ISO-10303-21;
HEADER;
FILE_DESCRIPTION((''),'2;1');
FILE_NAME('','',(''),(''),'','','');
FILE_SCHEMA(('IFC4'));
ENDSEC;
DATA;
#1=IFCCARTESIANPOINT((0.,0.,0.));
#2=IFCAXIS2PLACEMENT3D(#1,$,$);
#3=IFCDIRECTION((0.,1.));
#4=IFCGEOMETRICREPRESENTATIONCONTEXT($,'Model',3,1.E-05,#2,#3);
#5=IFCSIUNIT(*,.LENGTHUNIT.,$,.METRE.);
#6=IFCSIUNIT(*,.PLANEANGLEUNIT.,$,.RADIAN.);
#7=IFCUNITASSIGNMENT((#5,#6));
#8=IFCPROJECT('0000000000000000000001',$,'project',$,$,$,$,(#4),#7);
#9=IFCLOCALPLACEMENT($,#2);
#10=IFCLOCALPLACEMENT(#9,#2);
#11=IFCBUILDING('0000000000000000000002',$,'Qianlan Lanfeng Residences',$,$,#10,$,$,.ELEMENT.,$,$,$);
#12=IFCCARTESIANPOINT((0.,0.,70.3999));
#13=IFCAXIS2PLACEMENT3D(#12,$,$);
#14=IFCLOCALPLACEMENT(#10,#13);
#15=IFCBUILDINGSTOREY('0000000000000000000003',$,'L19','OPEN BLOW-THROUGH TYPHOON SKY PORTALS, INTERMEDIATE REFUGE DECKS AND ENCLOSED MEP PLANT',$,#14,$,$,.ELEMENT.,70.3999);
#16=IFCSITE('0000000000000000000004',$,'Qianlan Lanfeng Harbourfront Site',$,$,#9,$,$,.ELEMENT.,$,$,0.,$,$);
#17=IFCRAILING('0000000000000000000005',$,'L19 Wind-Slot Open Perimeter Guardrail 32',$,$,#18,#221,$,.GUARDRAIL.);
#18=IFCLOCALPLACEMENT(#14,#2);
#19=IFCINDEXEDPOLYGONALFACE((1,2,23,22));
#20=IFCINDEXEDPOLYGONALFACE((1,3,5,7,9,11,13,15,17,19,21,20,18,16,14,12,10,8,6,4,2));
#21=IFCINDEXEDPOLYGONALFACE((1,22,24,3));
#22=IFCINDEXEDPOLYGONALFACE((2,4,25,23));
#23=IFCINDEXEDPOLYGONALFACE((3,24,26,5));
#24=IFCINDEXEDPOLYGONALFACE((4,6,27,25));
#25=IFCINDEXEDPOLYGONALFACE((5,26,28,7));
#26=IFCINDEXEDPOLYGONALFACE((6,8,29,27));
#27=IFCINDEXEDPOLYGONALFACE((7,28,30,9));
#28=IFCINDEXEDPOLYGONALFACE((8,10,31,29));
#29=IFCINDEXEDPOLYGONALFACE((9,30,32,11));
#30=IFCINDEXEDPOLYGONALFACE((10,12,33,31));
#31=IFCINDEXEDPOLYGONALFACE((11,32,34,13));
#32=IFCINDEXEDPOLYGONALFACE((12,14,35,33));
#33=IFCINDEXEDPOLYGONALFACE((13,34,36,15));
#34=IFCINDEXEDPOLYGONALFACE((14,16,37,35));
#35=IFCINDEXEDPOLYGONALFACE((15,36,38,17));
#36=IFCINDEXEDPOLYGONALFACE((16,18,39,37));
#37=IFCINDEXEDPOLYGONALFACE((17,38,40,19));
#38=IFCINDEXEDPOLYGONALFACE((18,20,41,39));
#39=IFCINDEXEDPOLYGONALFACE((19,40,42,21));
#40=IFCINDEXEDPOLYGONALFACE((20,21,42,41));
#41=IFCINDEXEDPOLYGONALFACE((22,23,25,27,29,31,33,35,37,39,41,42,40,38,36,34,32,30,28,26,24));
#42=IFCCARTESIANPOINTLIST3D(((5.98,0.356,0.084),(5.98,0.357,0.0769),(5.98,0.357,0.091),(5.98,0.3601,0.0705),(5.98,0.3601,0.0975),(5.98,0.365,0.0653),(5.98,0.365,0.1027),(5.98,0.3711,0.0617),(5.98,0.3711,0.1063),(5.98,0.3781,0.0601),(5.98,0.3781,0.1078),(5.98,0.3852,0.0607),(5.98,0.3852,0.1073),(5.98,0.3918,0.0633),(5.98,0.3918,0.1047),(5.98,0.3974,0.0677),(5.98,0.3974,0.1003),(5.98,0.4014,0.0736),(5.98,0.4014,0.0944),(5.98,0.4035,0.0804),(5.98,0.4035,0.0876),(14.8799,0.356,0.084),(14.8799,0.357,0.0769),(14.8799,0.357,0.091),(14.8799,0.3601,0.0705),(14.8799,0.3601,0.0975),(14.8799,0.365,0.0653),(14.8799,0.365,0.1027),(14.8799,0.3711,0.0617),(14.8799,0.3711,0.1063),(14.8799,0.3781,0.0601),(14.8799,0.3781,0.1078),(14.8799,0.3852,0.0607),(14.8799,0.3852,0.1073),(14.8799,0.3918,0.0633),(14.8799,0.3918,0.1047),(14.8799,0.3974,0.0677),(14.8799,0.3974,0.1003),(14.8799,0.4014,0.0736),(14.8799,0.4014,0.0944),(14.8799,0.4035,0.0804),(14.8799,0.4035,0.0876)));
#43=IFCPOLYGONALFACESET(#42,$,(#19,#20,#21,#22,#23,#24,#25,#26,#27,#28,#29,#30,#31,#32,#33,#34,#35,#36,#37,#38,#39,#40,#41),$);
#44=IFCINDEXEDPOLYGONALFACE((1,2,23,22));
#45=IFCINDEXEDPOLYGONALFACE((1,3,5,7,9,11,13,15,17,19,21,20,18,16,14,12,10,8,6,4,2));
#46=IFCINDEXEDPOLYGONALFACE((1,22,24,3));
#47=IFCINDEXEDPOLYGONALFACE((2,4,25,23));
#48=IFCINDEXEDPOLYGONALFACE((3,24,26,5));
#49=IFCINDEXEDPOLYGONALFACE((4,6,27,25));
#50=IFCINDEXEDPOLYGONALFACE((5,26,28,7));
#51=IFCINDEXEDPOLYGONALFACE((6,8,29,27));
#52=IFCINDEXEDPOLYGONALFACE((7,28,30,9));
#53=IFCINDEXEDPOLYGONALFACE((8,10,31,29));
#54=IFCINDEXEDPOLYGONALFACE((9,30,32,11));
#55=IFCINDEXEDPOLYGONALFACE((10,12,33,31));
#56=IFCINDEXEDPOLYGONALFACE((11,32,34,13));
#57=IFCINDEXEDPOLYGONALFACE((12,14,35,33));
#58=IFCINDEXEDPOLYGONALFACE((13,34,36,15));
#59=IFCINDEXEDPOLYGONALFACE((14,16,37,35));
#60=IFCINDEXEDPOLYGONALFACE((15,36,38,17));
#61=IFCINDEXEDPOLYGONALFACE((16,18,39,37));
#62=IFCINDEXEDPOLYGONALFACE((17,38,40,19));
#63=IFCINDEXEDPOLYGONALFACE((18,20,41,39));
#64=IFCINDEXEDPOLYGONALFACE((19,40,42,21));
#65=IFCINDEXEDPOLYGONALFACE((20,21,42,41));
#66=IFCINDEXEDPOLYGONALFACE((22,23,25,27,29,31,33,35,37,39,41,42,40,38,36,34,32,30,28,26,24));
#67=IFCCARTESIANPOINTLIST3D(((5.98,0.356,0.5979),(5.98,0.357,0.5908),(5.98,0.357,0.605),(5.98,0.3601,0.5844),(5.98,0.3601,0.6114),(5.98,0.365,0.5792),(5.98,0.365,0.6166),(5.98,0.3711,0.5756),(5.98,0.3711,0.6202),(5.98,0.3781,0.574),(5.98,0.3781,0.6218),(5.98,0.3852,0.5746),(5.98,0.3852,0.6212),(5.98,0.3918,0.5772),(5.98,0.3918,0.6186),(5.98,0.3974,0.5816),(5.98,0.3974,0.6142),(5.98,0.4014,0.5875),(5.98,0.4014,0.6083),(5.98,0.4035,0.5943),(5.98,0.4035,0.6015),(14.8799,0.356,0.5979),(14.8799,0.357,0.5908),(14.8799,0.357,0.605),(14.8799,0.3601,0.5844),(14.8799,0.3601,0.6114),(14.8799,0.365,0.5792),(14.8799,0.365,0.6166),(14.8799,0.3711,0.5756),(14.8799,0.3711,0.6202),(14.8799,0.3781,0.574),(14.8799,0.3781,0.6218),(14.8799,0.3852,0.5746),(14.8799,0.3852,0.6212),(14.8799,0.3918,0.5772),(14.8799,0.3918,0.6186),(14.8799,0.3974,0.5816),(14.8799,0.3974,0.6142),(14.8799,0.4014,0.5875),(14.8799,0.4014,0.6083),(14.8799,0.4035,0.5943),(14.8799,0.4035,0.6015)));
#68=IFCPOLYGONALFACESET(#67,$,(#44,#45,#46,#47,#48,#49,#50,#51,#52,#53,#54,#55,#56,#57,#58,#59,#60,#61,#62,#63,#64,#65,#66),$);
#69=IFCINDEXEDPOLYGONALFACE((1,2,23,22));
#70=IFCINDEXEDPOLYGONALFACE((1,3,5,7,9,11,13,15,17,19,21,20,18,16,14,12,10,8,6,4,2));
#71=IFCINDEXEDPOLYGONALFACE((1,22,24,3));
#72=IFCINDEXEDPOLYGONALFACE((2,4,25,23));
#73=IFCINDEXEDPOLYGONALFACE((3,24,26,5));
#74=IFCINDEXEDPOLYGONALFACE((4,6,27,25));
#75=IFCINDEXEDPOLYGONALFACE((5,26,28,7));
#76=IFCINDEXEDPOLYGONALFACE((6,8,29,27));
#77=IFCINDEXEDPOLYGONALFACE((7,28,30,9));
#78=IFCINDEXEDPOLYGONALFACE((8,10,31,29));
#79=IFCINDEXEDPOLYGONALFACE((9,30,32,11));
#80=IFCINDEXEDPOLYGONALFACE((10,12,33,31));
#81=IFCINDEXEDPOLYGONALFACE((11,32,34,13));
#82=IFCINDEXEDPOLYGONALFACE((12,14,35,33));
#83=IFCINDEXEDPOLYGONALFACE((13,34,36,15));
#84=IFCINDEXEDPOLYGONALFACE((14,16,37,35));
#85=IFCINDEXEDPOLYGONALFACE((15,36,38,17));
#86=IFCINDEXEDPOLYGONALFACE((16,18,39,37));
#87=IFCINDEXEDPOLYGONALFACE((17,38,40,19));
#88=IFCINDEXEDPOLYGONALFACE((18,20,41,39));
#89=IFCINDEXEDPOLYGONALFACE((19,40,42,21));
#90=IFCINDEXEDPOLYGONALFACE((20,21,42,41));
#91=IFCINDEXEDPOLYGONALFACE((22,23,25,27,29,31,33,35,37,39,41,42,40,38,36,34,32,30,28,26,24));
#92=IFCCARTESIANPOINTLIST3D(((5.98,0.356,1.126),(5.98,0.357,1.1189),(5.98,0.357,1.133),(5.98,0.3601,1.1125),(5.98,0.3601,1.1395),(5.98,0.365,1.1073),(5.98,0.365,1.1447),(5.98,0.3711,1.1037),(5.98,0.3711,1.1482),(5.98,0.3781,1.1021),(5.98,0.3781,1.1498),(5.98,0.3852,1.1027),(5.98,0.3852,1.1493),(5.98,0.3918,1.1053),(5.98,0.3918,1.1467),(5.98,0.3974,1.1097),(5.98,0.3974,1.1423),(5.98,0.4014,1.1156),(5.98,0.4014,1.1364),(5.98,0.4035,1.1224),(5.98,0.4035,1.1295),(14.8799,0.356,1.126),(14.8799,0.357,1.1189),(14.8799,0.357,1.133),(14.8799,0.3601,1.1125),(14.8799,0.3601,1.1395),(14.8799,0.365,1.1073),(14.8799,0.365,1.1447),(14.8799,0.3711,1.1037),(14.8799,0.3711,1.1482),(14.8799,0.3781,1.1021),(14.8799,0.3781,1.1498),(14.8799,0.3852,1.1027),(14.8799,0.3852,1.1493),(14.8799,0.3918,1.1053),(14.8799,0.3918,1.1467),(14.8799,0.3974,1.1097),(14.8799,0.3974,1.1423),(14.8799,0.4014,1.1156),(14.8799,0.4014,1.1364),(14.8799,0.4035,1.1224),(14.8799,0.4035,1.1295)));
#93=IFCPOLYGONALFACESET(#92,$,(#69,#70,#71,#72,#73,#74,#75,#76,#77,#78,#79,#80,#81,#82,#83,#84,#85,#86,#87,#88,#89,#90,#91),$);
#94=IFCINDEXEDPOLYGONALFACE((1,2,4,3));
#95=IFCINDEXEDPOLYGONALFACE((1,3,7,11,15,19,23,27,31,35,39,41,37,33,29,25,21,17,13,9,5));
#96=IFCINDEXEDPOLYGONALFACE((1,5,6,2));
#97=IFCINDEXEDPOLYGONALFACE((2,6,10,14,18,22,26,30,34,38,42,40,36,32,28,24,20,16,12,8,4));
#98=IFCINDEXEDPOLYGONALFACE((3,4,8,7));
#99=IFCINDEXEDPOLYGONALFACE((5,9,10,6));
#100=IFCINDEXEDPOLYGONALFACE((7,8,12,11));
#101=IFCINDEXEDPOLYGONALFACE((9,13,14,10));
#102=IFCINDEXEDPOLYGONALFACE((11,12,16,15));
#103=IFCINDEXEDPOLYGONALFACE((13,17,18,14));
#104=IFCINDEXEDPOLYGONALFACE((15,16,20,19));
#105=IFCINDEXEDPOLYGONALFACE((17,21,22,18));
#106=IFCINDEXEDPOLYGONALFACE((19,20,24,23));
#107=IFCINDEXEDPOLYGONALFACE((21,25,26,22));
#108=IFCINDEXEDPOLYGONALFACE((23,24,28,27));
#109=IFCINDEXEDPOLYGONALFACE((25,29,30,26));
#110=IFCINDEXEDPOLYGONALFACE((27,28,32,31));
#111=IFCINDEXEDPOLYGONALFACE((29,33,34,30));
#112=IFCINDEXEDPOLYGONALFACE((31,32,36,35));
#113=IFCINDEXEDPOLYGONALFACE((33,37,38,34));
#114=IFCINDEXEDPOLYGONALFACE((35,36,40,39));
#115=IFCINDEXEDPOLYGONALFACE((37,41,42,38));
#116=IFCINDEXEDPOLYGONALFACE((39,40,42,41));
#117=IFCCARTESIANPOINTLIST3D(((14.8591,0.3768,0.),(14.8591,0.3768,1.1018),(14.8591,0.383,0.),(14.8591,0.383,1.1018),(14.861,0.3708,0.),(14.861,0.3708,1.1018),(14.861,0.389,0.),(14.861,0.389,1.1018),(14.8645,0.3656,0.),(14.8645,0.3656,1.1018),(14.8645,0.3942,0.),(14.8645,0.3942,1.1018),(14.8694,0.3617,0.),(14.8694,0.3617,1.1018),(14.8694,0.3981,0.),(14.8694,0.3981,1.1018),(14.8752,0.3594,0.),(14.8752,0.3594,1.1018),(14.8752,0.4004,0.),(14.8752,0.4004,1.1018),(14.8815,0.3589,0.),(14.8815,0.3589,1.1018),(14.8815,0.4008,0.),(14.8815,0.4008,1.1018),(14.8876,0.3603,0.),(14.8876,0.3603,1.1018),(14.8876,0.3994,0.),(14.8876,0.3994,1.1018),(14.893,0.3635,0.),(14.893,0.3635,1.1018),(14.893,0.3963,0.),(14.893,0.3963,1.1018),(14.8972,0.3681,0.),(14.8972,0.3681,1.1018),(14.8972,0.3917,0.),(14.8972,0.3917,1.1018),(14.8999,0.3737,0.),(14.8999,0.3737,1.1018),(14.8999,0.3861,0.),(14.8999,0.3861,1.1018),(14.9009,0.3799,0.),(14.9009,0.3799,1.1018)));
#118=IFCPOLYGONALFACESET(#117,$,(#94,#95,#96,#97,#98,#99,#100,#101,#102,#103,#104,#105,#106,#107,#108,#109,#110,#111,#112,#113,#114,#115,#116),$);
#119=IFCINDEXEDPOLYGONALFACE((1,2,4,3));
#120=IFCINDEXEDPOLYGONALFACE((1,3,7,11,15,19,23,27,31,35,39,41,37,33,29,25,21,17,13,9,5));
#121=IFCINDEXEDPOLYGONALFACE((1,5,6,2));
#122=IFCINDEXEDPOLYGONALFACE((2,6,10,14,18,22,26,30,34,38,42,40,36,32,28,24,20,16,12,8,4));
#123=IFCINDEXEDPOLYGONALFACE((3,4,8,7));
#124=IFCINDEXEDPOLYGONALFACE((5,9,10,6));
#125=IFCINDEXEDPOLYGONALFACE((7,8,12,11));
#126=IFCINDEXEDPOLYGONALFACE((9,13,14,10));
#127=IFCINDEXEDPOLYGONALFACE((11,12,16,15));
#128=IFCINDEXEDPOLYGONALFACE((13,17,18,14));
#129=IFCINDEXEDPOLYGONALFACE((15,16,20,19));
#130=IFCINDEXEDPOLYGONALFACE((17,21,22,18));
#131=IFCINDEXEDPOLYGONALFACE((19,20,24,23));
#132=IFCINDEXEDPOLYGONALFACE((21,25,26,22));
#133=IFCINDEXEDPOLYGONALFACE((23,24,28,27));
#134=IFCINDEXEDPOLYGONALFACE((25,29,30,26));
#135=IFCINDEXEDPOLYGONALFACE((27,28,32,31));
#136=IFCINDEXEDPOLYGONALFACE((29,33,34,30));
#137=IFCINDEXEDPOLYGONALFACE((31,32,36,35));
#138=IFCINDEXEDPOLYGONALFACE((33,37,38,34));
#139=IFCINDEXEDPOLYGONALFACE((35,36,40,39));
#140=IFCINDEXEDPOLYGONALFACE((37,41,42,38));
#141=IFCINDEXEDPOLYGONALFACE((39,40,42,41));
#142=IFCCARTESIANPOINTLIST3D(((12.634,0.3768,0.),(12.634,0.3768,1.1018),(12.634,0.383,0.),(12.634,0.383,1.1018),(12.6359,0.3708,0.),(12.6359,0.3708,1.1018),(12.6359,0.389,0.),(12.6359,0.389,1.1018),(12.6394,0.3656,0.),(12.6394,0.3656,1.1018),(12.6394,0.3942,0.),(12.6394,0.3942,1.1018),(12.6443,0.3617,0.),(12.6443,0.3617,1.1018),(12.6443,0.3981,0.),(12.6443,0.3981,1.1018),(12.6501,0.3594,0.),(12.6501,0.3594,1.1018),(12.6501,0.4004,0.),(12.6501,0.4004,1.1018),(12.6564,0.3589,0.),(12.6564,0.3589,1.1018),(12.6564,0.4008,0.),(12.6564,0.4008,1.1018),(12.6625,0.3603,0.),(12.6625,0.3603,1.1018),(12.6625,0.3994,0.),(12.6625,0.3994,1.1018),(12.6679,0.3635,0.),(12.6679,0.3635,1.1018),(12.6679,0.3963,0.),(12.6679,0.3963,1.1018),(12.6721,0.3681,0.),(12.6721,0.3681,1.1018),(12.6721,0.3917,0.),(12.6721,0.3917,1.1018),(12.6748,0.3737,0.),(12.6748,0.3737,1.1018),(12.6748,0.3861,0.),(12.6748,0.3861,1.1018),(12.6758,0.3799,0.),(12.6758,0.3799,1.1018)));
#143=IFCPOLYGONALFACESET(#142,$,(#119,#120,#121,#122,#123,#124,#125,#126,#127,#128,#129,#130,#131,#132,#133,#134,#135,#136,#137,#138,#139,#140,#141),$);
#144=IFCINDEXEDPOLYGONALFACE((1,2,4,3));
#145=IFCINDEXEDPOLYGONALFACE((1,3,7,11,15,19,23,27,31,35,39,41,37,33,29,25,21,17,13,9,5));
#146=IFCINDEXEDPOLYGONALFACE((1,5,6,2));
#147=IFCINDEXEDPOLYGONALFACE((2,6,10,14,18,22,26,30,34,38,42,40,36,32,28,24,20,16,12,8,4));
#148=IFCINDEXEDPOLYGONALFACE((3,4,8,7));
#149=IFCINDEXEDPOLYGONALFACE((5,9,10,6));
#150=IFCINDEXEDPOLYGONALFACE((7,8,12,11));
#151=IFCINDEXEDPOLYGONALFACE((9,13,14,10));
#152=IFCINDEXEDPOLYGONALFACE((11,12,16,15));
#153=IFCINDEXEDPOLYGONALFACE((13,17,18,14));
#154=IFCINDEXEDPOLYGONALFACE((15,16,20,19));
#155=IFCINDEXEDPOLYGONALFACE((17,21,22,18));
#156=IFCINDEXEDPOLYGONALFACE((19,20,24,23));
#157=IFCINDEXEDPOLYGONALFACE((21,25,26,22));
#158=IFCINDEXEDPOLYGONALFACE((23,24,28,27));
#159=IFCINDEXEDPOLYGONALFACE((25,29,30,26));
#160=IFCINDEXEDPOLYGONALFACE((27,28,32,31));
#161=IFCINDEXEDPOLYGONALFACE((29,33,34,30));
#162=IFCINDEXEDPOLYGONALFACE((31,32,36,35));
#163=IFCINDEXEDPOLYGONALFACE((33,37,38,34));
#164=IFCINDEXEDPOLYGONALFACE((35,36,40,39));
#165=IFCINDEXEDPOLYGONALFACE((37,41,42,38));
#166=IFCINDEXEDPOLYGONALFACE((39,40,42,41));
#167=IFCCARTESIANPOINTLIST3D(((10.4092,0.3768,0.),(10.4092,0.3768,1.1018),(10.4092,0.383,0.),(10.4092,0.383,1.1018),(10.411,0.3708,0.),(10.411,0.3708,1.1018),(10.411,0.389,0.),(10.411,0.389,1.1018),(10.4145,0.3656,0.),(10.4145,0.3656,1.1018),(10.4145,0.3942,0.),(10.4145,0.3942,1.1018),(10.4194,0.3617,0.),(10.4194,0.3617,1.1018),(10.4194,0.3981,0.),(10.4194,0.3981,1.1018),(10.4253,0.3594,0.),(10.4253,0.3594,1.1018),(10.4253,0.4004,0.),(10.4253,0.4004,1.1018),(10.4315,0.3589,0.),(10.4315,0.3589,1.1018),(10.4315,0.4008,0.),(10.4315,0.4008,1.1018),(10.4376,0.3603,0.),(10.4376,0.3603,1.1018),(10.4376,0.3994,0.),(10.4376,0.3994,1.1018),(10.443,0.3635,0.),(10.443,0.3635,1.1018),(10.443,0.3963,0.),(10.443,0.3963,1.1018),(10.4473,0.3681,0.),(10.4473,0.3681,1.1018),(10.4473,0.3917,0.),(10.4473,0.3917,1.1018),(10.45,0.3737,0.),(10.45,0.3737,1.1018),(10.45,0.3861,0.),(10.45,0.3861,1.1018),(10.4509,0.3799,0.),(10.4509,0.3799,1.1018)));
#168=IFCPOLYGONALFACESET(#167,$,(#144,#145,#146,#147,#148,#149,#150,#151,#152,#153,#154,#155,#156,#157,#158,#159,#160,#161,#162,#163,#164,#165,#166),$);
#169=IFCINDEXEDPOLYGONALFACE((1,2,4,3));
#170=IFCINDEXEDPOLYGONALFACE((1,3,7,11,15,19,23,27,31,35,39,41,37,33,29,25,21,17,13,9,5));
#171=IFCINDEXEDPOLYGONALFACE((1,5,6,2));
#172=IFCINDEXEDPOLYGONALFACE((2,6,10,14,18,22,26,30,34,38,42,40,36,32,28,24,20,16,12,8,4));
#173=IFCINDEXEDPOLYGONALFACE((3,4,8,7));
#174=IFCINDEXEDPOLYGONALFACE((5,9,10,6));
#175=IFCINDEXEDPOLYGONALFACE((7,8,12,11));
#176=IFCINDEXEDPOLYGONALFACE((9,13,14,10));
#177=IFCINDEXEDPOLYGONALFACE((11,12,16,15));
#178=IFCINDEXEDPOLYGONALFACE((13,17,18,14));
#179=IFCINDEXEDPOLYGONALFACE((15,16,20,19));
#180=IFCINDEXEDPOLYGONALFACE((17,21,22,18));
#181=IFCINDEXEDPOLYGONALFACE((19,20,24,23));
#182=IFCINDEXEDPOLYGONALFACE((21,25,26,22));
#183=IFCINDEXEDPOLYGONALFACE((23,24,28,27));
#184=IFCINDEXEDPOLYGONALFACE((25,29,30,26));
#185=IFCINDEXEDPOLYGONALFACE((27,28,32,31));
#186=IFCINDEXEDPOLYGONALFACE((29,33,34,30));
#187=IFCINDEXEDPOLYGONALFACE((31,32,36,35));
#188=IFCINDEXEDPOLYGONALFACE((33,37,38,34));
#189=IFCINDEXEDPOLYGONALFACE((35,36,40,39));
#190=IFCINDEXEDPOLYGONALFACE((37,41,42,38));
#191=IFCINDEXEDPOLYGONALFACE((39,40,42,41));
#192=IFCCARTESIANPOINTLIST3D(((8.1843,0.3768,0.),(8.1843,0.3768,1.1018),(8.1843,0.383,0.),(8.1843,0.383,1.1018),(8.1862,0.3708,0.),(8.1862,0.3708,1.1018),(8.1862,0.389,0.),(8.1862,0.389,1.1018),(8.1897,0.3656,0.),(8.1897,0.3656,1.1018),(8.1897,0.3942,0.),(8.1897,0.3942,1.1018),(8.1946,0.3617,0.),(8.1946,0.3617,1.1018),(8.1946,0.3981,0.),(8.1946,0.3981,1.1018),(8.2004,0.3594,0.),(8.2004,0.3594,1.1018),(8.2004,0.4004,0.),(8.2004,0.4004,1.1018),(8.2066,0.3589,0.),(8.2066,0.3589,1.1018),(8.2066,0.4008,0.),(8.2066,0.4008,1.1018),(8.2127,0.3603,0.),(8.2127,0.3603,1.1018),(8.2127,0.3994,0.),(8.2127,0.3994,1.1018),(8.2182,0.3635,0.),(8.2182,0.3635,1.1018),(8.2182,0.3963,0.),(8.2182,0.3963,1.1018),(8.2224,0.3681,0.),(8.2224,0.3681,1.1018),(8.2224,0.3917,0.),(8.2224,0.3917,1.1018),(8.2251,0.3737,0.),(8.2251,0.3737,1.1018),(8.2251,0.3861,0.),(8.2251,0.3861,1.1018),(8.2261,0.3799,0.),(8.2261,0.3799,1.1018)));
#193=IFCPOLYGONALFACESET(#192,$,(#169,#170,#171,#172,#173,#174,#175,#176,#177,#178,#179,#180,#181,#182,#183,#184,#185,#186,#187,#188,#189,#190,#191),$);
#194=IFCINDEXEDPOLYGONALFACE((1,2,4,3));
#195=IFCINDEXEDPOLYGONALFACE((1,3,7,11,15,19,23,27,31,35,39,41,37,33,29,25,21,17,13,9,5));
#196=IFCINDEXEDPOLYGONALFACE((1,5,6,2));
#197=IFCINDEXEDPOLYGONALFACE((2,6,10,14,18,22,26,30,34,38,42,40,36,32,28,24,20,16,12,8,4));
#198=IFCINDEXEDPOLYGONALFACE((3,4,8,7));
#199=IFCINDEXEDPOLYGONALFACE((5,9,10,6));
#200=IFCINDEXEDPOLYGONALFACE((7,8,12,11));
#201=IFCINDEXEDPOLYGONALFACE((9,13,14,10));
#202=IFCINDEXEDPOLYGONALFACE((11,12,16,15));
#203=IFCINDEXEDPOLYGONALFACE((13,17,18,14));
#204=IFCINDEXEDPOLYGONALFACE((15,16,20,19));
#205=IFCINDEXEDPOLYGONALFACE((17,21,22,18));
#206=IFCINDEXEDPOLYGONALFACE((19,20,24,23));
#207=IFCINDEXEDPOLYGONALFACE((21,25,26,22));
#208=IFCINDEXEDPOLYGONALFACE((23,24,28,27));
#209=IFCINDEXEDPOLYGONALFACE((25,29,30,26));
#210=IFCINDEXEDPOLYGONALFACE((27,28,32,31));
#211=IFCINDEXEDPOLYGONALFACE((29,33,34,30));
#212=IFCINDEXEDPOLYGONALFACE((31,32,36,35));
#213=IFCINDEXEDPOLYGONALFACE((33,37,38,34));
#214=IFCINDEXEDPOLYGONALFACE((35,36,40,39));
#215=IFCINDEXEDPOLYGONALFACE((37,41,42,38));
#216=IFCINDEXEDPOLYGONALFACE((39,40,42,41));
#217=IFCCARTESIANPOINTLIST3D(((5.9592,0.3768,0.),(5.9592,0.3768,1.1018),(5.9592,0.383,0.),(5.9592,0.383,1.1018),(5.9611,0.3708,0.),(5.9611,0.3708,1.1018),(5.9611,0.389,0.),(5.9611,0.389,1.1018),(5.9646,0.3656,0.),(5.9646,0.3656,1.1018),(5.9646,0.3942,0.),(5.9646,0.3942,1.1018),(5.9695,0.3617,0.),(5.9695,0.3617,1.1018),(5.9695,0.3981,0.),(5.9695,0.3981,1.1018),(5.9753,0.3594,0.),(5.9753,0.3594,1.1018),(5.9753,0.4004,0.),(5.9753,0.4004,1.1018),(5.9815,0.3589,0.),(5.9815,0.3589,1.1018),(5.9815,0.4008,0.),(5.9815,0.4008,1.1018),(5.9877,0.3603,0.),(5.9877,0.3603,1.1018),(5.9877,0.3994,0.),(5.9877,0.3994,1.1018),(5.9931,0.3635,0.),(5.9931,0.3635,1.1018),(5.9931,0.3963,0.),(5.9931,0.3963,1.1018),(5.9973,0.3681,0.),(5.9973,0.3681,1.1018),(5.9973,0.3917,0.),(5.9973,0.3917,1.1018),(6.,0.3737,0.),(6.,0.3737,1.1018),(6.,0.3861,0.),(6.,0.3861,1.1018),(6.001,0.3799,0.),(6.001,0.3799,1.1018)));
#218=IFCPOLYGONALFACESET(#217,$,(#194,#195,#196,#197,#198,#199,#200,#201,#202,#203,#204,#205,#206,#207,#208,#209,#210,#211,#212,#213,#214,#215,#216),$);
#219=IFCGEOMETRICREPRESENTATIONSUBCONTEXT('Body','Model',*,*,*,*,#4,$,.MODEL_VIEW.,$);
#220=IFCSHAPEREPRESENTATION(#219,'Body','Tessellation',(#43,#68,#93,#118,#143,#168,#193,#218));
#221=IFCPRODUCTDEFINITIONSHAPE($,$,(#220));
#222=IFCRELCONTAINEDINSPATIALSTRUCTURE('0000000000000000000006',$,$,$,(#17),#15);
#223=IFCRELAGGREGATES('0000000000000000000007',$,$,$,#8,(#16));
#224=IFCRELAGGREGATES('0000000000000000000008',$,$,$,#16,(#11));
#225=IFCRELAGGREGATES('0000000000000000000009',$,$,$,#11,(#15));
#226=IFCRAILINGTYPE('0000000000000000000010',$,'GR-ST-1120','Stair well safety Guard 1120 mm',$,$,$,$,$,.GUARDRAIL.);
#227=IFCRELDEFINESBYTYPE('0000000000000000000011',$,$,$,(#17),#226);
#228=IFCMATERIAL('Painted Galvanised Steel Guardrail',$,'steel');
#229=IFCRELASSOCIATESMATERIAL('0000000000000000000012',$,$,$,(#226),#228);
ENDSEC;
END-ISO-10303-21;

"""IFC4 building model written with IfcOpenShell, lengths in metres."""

from ifc_helpers import new_model, si_unit, direction, frame, origin, origin_2d, place, context, subcontext, project, spatial, circle, extrude, material, type_object, element, save


model = new_model("IFC4")

# Units and contexts
model_context = context("Model", 3, precision=1e-05, world=origin(), true_north=direction((0.0, 1.0)))
body_context = subcontext(model_context, "Body", "Model", "MODEL_VIEW")
ifc_project = project(units=[si_unit("LENGTHUNIT", "METRE"), si_unit("PLANEANGLEUNIT", "RADIAN")], contexts=[model_context])

# Site, building, storey
site_placement = place(None, origin())
site = spatial("IfcSite", under=ifc_project, at=site_placement, Name="Qianlan Lanfeng Harbourfront Site", CompositionType="ELEMENT", RefElevation=0.0)
building_placement = place(site_placement, origin())
building = spatial("IfcBuilding", under=site, at=building_placement, Name="Qianlan Lanfeng Residences", CompositionType="ELEMENT")
storey_placement = place(building_placement, frame((0.0, 0.0, 70.3999)))
storey = spatial("IfcBuildingStorey", under=building, at=storey_placement, Name="L19", Description="OPEN BLOW-THROUGH TYPHOON SKY PORTALS, INTERMEDIATE REFUGE DECKS AND ENCLOSED MEP PLANT", CompositionType="ELEMENT", Elevation=70.3999)

# Railing
ifc_material_1 = material(Name="Painted Galvanised Steel Guardrail", Category="steel")
railing_type = type_object("IfcRailingType", Name="GR-ST-1120", Description="Stair well safety Guard 1120 mm", PredefinedType="GUARDRAIL", material=ifc_material_1)
railing_1_placement = place(storey_placement, frame((14.8799, 0.3799, 0.0)))
element("IfcRailing", 1, at=railing_1_placement, inside=storey, type_object=railing_type, Name="L19 Wind-Slot Open Perimeter Guardrail 32", PredefinedType="GUARDRAIL", context=body_context, shape_type="SweptSolid", body=[
    extrude(circle(Radius=0.0239, at=origin_2d()), frame((0.0, 0.0, 0.084), z_axis=(-1.0, 0.0, 0.0), x_axis=(0.0, -1.0, 0.0)), (0.0, 0.0, 1.0), 8.8999),
    extrude(circle(Radius=0.0239, at=origin_2d()), frame((0.0, 0.0, 0.5979), z_axis=(-1.0, 0.0, 0.0), x_axis=(0.0, -1.0, 0.0)), (0.0, 0.0, 1.0), 8.8999),
    extrude(circle(Radius=0.0239, at=origin_2d()), frame((0.0, 0.0, 1.126), z_axis=(-1.0, 0.0, 0.0), x_axis=(0.0, -1.0, 0.0)), (0.0, 0.0, 1.0), 8.8999),
    extrude(circle(Radius=0.021, at=origin_2d()), origin(), (0.0, 0.0, 1.0), 1.1018),
    extrude(circle(Radius=0.021, at=origin_2d()), frame((-2.2251, 0.0, 0.0)), (0.0, 0.0, 1.0), 1.1018),
    extrude(circle(Radius=0.021, at=origin_2d()), frame((-4.45, 0.0, 0.0)), (0.0, 0.0, 1.0), 1.1018),
    extrude(circle(Radius=0.021, at=origin_2d()), frame((-6.6748, 0.0, 0.0)), (0.0, 0.0, 1.0), 1.1018),
    extrude(circle(Radius=0.021, at=origin_2d()), frame((-8.8999, 0.0, 0.0)), (0.0, 0.0, 1.0), 1.1018),
])

save(model, "model.ifc")
